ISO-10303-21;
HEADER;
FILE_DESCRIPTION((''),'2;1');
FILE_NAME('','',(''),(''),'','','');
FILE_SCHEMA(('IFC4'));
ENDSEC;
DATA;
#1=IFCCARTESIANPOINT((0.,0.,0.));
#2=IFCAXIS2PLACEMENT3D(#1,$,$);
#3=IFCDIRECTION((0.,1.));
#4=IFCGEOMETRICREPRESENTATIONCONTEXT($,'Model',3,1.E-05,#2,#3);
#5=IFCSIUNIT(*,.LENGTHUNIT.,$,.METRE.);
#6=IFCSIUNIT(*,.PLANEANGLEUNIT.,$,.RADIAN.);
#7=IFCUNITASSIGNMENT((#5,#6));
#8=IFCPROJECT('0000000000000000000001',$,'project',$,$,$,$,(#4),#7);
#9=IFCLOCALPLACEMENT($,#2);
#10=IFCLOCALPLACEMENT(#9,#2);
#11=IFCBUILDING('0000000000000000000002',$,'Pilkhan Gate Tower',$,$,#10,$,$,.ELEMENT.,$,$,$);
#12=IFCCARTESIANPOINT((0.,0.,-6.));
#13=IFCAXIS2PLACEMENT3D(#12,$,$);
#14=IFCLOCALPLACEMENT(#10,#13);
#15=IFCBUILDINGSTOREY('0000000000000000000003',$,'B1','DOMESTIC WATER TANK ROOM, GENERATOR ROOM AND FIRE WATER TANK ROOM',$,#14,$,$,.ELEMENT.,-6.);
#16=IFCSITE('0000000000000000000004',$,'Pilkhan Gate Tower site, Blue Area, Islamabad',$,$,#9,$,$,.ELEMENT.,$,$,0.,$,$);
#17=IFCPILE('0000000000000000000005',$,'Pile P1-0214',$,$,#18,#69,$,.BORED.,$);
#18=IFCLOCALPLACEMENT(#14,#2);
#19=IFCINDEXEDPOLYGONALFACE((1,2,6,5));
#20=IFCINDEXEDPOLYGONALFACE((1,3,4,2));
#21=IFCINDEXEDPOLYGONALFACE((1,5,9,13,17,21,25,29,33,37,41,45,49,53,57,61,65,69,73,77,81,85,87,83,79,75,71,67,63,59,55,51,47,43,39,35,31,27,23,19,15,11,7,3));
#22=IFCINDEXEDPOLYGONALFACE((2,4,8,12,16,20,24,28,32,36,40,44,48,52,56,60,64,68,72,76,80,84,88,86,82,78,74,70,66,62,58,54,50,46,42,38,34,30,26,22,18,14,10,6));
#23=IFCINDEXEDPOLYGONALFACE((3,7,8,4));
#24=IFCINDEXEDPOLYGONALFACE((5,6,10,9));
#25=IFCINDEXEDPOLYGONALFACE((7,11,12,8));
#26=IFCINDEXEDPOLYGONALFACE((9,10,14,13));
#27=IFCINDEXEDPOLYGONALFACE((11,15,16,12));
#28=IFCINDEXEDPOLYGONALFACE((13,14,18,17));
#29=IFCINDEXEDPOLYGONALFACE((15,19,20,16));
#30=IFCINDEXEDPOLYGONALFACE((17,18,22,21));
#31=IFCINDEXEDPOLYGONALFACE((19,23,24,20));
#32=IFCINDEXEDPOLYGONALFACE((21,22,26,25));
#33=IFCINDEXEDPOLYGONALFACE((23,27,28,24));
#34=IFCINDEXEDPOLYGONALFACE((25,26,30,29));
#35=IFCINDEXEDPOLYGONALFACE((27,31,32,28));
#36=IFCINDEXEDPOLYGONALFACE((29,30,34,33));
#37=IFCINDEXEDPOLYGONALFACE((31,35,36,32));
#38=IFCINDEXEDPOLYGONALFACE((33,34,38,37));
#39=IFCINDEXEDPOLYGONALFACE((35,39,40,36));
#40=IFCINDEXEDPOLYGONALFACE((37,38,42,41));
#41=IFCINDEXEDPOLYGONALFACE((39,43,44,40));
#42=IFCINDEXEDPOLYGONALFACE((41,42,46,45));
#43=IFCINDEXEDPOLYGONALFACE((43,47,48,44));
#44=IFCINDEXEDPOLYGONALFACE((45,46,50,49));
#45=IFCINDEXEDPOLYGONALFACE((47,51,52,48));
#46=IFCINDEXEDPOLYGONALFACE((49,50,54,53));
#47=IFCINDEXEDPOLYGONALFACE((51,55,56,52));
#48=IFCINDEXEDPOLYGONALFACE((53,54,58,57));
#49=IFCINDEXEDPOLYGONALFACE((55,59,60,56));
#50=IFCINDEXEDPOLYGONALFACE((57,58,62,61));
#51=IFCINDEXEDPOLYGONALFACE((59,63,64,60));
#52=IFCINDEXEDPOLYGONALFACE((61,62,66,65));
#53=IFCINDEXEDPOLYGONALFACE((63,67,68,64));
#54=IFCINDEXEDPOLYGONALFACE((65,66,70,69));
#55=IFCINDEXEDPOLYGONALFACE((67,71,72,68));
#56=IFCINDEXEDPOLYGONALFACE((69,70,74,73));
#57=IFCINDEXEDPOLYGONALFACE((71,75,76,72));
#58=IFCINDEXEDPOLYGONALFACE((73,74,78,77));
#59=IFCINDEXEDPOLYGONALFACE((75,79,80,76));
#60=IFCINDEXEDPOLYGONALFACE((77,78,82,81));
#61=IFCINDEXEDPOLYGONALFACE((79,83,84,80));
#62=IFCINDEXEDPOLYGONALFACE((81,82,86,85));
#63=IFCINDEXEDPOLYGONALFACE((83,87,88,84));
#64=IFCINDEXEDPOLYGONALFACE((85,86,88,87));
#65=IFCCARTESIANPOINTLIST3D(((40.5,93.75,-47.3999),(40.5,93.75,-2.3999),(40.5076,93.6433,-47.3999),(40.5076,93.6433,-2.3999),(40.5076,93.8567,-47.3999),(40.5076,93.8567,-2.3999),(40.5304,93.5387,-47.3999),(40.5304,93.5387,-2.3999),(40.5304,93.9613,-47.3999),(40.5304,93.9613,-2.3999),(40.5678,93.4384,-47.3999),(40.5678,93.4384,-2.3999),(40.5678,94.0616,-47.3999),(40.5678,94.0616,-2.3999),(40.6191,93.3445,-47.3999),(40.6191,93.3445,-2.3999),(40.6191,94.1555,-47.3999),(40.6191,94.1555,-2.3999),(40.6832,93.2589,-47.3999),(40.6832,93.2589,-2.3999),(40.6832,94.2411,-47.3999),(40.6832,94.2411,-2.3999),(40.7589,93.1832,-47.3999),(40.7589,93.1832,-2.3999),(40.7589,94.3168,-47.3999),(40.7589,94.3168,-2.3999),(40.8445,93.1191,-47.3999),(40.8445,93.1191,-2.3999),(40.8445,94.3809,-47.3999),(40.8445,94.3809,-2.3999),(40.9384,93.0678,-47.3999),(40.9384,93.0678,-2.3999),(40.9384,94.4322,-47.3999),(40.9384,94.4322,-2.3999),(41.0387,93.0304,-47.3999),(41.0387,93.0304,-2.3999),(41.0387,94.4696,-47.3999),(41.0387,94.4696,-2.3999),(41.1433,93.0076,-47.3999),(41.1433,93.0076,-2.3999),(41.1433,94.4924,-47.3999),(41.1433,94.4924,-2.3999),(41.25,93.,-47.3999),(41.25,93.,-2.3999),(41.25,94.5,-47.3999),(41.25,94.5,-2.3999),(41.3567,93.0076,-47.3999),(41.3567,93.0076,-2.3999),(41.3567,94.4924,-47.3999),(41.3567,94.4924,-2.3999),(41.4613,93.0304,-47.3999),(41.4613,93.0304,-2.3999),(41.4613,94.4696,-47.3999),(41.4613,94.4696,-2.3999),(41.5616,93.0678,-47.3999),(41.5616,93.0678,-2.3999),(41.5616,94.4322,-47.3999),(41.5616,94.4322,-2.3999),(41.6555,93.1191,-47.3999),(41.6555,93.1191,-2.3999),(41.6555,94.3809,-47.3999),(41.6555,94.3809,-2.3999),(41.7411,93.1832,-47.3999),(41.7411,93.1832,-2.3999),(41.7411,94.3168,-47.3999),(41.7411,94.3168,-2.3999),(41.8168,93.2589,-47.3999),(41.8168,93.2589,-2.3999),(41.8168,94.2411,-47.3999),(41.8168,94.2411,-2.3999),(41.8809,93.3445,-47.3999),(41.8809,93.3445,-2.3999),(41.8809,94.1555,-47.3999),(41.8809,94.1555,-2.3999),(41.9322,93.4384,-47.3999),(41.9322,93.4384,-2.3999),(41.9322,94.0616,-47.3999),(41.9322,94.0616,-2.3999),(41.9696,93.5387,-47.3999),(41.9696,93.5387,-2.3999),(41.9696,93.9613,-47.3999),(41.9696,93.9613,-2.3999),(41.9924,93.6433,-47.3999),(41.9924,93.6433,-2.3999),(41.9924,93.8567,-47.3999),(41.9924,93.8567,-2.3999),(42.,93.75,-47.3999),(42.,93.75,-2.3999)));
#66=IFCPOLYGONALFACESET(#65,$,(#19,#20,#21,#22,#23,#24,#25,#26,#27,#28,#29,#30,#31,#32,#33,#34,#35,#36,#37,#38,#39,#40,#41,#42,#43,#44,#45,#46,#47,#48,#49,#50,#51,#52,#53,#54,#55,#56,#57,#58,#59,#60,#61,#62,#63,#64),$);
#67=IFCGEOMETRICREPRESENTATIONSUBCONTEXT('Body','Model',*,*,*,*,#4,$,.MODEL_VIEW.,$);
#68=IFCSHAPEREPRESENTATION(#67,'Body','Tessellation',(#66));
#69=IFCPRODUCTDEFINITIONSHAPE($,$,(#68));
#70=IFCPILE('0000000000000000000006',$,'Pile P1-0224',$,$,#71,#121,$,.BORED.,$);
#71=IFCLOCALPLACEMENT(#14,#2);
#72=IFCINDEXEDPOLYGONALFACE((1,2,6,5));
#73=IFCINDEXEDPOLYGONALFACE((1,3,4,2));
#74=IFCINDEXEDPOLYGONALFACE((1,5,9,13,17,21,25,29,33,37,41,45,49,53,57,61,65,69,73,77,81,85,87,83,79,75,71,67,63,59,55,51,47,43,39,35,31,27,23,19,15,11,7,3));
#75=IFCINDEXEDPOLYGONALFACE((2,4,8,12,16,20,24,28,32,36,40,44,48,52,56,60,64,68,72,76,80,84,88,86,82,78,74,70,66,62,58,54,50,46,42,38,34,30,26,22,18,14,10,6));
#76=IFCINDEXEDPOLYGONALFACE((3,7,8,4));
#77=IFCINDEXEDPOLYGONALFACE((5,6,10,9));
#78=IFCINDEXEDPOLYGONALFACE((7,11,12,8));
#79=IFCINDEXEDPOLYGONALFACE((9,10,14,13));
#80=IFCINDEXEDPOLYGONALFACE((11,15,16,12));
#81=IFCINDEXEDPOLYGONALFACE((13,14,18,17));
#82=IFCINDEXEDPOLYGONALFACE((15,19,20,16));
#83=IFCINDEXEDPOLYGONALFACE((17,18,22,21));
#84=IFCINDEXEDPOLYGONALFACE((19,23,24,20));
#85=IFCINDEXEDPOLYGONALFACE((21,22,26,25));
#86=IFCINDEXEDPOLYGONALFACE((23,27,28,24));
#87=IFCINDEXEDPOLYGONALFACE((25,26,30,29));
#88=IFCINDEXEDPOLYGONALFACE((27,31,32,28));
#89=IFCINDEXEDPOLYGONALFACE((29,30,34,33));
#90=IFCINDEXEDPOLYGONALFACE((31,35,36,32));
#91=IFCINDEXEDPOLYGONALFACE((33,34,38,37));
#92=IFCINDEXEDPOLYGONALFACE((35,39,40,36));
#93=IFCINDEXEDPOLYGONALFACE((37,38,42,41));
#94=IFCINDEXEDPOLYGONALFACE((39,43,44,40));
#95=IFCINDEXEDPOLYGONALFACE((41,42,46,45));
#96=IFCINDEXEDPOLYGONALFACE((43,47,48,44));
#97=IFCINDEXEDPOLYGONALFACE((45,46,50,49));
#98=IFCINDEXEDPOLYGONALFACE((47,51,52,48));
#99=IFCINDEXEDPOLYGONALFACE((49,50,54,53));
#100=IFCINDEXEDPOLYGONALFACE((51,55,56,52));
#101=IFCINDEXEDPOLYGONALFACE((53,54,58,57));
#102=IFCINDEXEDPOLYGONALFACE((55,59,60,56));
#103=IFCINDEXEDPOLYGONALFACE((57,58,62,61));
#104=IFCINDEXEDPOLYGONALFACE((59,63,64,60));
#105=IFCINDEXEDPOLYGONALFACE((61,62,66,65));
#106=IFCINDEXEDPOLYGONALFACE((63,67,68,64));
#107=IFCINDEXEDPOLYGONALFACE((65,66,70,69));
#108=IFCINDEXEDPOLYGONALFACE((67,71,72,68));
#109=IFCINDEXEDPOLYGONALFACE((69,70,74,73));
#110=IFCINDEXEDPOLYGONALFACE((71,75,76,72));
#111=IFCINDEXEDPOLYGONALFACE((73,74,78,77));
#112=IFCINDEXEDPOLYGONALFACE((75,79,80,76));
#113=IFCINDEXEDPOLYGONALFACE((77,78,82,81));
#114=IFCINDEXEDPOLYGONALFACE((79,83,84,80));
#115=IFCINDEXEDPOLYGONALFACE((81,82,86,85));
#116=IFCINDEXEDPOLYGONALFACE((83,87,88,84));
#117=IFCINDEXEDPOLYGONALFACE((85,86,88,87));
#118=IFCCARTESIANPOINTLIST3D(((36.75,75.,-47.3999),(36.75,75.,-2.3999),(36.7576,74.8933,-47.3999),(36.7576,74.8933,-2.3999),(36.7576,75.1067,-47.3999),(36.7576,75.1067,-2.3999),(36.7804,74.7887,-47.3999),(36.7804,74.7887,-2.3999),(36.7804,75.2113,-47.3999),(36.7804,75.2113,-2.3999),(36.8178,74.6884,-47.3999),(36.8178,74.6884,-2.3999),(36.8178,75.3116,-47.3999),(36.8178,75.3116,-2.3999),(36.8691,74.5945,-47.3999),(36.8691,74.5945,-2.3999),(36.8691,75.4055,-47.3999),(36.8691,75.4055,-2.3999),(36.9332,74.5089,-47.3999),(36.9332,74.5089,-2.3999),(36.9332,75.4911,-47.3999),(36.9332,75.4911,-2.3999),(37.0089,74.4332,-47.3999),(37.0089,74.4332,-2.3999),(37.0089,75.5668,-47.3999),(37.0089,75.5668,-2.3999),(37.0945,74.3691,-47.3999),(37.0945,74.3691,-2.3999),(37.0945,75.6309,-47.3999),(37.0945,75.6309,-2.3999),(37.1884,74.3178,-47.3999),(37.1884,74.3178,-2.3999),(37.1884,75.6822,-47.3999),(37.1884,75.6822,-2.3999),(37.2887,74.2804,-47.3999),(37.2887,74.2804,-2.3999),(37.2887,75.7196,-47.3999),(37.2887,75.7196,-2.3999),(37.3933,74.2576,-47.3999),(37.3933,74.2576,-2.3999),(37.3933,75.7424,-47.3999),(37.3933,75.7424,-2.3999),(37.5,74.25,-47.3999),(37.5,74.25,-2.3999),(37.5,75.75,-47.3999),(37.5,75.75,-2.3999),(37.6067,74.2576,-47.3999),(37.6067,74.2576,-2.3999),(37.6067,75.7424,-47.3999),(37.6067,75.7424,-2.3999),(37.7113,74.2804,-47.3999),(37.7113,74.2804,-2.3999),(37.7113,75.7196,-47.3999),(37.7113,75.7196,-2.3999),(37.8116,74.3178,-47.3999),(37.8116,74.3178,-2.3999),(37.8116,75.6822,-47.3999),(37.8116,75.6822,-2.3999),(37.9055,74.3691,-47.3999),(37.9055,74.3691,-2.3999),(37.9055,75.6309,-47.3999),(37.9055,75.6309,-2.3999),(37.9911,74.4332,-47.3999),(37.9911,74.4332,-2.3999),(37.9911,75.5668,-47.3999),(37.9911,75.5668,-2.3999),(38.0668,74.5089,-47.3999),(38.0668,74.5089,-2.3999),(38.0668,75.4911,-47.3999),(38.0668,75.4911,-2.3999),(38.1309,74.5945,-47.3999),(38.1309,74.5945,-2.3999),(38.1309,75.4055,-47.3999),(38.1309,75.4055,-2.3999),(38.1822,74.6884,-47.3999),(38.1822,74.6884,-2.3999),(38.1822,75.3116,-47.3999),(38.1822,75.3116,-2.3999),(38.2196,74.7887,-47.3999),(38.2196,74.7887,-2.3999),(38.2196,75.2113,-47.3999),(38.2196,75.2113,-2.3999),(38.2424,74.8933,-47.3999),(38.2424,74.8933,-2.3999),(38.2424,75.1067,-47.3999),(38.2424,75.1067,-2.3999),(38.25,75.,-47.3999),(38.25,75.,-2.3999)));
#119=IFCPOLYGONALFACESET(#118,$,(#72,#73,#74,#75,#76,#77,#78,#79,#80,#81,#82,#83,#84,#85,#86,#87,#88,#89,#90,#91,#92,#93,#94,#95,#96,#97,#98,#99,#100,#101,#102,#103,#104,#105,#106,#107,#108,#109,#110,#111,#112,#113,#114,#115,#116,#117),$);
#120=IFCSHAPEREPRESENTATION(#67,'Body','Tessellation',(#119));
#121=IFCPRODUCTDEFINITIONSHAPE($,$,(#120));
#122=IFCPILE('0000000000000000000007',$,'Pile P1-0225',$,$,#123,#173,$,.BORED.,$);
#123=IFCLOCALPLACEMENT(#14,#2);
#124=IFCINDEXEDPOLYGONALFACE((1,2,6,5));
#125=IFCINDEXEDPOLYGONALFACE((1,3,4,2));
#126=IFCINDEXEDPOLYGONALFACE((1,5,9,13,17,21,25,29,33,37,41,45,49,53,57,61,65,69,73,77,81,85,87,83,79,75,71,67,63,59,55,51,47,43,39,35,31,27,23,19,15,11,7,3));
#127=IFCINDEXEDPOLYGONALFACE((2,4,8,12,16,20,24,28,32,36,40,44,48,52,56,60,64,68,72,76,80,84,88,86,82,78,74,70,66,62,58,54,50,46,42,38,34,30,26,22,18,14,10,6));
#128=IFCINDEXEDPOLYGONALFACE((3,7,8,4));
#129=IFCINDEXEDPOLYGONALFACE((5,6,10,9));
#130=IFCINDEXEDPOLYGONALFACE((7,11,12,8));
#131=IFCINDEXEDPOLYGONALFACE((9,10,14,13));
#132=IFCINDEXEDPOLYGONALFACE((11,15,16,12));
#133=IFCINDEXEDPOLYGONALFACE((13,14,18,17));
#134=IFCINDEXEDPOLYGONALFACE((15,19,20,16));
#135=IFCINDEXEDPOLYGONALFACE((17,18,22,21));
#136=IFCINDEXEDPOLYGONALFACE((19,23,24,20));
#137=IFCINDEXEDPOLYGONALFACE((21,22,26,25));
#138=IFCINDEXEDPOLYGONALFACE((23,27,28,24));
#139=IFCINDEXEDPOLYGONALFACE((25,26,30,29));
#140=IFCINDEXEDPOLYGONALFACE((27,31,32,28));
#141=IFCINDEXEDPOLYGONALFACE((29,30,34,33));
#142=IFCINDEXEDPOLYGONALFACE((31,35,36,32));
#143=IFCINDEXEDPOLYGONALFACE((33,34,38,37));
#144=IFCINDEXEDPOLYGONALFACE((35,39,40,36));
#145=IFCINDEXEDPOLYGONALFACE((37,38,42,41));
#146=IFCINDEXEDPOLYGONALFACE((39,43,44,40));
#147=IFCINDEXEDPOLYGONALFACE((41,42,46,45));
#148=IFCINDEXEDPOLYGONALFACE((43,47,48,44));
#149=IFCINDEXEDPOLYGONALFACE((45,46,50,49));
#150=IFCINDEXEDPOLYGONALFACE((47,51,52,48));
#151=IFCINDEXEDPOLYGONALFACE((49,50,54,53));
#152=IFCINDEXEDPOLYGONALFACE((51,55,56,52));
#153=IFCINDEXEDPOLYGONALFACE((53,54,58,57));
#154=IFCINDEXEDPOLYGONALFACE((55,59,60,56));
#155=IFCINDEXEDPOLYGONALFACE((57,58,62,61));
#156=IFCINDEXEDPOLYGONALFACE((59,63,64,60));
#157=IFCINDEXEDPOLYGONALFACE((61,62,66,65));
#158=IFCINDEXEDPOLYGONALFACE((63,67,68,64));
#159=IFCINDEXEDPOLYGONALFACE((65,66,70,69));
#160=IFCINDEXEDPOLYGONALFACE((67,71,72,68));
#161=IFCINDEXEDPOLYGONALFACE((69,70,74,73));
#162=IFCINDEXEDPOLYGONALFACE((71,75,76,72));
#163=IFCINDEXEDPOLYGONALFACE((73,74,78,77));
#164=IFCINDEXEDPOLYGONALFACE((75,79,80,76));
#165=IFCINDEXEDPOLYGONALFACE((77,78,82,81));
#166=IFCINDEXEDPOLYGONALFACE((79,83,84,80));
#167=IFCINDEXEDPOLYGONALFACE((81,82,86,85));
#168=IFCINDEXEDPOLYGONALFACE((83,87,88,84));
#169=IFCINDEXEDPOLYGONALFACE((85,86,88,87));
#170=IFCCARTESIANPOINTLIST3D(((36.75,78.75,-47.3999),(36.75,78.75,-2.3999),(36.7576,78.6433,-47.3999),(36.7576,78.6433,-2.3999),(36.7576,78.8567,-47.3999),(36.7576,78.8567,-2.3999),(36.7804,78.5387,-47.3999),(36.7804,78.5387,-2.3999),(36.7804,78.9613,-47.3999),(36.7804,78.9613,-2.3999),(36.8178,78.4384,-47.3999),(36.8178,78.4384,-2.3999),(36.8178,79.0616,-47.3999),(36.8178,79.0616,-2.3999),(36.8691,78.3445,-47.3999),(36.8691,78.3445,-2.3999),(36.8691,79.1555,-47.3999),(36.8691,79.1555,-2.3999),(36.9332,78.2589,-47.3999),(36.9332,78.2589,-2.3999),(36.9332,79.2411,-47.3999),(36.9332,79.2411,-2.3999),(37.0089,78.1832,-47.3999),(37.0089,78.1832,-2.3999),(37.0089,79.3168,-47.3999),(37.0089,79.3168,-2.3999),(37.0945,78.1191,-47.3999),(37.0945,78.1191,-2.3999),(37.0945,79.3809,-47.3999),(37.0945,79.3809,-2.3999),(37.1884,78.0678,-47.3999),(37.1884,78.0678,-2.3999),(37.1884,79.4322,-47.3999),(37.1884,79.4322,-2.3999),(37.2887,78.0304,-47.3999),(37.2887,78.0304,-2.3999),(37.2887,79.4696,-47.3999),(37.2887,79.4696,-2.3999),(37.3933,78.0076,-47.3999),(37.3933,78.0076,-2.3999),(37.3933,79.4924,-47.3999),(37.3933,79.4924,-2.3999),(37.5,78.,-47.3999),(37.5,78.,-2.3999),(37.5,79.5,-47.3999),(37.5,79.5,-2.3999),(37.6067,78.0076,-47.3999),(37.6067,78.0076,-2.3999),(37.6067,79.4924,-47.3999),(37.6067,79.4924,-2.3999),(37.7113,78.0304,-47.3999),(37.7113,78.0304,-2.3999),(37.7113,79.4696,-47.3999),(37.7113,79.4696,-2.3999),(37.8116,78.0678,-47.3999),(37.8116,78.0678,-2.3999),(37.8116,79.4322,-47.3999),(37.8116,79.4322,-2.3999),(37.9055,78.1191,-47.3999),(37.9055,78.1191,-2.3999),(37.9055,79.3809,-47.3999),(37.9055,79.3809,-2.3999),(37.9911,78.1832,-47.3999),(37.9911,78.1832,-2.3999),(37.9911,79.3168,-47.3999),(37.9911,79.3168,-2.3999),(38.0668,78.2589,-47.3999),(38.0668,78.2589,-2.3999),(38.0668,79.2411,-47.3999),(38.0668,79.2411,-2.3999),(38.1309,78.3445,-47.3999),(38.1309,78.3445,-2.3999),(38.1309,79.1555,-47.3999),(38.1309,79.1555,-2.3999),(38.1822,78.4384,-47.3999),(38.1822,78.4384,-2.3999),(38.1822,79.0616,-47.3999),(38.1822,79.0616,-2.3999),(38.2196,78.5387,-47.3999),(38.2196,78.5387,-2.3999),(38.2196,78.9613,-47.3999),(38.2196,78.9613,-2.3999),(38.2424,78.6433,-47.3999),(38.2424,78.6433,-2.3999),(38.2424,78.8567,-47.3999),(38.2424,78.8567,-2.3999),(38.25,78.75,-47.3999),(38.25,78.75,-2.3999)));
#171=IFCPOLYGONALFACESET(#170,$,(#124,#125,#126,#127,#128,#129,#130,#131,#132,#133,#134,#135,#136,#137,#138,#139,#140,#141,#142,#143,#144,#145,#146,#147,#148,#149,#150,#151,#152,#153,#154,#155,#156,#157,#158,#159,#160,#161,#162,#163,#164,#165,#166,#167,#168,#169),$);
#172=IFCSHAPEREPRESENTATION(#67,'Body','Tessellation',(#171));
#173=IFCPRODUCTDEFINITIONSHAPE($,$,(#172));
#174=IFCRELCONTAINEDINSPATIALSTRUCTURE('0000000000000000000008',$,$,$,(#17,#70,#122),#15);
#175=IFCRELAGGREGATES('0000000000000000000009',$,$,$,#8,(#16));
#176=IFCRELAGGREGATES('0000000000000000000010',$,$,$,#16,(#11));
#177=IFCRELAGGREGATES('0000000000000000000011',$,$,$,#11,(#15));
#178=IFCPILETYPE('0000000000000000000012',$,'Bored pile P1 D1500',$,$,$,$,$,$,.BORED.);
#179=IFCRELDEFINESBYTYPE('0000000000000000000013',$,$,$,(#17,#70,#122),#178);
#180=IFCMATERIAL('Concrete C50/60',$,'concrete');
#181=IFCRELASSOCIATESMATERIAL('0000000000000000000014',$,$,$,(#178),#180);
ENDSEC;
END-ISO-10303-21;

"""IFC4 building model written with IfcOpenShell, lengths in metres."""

from ifc_helpers import new_model, si_unit, direction, frame, origin, origin_2d, place, context, subcontext, project, spatial, circle, extrude, material, material_profile, profile_set, type_object, element, save


model = new_model("IFC4")

# Units and contexts
model_context = context("Model", 3, precision=1e-05, world=origin(), true_north=direction((0.0, 1.0)))
body_context = subcontext(model_context, "Body", "Model", "MODEL_VIEW")
ifc_project = project(units=[si_unit("LENGTHUNIT", "METRE"), si_unit("PLANEANGLEUNIT", "RADIAN")], contexts=[model_context])

# Site, building, storey
site_placement = place(None, origin())
site = spatial("IfcSite", under=ifc_project, at=site_placement, Name="Pilkhan Gate Tower site, Blue Area, Islamabad", CompositionType="ELEMENT", RefElevation=0.0)
building_placement = place(site_placement, origin())
building = spatial("IfcBuilding", under=site, at=building_placement, Name="Pilkhan Gate Tower", CompositionType="ELEMENT")
storey_placement = place(building_placement, frame((0.0, 0.0, -6.0)))
storey = spatial("IfcBuildingStorey", under=building, at=storey_placement, Name="B1", Description="DOMESTIC WATER TANK ROOM, GENERATOR ROOM AND FIRE WATER TANK ROOM", CompositionType="ELEMENT", Elevation=-6.0)

# Piles
ifc_material_1 = material(Name="Concrete C50/60", Category="concrete")
ifc_material_profile_1 = material_profile(ifc_material_1, circle(Radius=0.75, at=origin_2d()), Name="Bored pile 1500 dia")
ifc_profile_set_1 = profile_set([ifc_material_profile_1], Name="Concrete C50/60")
pile_type = type_object("IfcPileType", Name="Bored pile P1 D1500", PredefinedType="BORED", material=ifc_profile_set_1)
for number, where, z_axis, x_axis, name in (
    (1, (41.25, 93.75, -2.3999), (0.0, 0.0, -1.0), (1.0, 0.0, 0.0), "Pile P1-0214"),
    (2, (37.5, 75.0, -2.3999), (0.0, 0.0, -1.0), (1.0, 0.0, 0.0), "Pile P1-0224"),
    (3, (37.5, 78.75, -2.3999), (0.0, 0.0, -1.0), (1.0, 0.0, 0.0), "Pile P1-0225"),
):
    element("IfcPile", number, at=place(storey_placement, frame(where, z_axis=z_axis, x_axis=x_axis)), inside=storey, type_object=pile_type, Name=name, PredefinedType="BORED", context=body_context, shape_type="SweptSolid", body=[
        extrude(circle(Radius=0.75, at=origin_2d()), origin(), (0.0, 0.0, 1.0), 45.0),
    ])

save(model, "model.ifc")
